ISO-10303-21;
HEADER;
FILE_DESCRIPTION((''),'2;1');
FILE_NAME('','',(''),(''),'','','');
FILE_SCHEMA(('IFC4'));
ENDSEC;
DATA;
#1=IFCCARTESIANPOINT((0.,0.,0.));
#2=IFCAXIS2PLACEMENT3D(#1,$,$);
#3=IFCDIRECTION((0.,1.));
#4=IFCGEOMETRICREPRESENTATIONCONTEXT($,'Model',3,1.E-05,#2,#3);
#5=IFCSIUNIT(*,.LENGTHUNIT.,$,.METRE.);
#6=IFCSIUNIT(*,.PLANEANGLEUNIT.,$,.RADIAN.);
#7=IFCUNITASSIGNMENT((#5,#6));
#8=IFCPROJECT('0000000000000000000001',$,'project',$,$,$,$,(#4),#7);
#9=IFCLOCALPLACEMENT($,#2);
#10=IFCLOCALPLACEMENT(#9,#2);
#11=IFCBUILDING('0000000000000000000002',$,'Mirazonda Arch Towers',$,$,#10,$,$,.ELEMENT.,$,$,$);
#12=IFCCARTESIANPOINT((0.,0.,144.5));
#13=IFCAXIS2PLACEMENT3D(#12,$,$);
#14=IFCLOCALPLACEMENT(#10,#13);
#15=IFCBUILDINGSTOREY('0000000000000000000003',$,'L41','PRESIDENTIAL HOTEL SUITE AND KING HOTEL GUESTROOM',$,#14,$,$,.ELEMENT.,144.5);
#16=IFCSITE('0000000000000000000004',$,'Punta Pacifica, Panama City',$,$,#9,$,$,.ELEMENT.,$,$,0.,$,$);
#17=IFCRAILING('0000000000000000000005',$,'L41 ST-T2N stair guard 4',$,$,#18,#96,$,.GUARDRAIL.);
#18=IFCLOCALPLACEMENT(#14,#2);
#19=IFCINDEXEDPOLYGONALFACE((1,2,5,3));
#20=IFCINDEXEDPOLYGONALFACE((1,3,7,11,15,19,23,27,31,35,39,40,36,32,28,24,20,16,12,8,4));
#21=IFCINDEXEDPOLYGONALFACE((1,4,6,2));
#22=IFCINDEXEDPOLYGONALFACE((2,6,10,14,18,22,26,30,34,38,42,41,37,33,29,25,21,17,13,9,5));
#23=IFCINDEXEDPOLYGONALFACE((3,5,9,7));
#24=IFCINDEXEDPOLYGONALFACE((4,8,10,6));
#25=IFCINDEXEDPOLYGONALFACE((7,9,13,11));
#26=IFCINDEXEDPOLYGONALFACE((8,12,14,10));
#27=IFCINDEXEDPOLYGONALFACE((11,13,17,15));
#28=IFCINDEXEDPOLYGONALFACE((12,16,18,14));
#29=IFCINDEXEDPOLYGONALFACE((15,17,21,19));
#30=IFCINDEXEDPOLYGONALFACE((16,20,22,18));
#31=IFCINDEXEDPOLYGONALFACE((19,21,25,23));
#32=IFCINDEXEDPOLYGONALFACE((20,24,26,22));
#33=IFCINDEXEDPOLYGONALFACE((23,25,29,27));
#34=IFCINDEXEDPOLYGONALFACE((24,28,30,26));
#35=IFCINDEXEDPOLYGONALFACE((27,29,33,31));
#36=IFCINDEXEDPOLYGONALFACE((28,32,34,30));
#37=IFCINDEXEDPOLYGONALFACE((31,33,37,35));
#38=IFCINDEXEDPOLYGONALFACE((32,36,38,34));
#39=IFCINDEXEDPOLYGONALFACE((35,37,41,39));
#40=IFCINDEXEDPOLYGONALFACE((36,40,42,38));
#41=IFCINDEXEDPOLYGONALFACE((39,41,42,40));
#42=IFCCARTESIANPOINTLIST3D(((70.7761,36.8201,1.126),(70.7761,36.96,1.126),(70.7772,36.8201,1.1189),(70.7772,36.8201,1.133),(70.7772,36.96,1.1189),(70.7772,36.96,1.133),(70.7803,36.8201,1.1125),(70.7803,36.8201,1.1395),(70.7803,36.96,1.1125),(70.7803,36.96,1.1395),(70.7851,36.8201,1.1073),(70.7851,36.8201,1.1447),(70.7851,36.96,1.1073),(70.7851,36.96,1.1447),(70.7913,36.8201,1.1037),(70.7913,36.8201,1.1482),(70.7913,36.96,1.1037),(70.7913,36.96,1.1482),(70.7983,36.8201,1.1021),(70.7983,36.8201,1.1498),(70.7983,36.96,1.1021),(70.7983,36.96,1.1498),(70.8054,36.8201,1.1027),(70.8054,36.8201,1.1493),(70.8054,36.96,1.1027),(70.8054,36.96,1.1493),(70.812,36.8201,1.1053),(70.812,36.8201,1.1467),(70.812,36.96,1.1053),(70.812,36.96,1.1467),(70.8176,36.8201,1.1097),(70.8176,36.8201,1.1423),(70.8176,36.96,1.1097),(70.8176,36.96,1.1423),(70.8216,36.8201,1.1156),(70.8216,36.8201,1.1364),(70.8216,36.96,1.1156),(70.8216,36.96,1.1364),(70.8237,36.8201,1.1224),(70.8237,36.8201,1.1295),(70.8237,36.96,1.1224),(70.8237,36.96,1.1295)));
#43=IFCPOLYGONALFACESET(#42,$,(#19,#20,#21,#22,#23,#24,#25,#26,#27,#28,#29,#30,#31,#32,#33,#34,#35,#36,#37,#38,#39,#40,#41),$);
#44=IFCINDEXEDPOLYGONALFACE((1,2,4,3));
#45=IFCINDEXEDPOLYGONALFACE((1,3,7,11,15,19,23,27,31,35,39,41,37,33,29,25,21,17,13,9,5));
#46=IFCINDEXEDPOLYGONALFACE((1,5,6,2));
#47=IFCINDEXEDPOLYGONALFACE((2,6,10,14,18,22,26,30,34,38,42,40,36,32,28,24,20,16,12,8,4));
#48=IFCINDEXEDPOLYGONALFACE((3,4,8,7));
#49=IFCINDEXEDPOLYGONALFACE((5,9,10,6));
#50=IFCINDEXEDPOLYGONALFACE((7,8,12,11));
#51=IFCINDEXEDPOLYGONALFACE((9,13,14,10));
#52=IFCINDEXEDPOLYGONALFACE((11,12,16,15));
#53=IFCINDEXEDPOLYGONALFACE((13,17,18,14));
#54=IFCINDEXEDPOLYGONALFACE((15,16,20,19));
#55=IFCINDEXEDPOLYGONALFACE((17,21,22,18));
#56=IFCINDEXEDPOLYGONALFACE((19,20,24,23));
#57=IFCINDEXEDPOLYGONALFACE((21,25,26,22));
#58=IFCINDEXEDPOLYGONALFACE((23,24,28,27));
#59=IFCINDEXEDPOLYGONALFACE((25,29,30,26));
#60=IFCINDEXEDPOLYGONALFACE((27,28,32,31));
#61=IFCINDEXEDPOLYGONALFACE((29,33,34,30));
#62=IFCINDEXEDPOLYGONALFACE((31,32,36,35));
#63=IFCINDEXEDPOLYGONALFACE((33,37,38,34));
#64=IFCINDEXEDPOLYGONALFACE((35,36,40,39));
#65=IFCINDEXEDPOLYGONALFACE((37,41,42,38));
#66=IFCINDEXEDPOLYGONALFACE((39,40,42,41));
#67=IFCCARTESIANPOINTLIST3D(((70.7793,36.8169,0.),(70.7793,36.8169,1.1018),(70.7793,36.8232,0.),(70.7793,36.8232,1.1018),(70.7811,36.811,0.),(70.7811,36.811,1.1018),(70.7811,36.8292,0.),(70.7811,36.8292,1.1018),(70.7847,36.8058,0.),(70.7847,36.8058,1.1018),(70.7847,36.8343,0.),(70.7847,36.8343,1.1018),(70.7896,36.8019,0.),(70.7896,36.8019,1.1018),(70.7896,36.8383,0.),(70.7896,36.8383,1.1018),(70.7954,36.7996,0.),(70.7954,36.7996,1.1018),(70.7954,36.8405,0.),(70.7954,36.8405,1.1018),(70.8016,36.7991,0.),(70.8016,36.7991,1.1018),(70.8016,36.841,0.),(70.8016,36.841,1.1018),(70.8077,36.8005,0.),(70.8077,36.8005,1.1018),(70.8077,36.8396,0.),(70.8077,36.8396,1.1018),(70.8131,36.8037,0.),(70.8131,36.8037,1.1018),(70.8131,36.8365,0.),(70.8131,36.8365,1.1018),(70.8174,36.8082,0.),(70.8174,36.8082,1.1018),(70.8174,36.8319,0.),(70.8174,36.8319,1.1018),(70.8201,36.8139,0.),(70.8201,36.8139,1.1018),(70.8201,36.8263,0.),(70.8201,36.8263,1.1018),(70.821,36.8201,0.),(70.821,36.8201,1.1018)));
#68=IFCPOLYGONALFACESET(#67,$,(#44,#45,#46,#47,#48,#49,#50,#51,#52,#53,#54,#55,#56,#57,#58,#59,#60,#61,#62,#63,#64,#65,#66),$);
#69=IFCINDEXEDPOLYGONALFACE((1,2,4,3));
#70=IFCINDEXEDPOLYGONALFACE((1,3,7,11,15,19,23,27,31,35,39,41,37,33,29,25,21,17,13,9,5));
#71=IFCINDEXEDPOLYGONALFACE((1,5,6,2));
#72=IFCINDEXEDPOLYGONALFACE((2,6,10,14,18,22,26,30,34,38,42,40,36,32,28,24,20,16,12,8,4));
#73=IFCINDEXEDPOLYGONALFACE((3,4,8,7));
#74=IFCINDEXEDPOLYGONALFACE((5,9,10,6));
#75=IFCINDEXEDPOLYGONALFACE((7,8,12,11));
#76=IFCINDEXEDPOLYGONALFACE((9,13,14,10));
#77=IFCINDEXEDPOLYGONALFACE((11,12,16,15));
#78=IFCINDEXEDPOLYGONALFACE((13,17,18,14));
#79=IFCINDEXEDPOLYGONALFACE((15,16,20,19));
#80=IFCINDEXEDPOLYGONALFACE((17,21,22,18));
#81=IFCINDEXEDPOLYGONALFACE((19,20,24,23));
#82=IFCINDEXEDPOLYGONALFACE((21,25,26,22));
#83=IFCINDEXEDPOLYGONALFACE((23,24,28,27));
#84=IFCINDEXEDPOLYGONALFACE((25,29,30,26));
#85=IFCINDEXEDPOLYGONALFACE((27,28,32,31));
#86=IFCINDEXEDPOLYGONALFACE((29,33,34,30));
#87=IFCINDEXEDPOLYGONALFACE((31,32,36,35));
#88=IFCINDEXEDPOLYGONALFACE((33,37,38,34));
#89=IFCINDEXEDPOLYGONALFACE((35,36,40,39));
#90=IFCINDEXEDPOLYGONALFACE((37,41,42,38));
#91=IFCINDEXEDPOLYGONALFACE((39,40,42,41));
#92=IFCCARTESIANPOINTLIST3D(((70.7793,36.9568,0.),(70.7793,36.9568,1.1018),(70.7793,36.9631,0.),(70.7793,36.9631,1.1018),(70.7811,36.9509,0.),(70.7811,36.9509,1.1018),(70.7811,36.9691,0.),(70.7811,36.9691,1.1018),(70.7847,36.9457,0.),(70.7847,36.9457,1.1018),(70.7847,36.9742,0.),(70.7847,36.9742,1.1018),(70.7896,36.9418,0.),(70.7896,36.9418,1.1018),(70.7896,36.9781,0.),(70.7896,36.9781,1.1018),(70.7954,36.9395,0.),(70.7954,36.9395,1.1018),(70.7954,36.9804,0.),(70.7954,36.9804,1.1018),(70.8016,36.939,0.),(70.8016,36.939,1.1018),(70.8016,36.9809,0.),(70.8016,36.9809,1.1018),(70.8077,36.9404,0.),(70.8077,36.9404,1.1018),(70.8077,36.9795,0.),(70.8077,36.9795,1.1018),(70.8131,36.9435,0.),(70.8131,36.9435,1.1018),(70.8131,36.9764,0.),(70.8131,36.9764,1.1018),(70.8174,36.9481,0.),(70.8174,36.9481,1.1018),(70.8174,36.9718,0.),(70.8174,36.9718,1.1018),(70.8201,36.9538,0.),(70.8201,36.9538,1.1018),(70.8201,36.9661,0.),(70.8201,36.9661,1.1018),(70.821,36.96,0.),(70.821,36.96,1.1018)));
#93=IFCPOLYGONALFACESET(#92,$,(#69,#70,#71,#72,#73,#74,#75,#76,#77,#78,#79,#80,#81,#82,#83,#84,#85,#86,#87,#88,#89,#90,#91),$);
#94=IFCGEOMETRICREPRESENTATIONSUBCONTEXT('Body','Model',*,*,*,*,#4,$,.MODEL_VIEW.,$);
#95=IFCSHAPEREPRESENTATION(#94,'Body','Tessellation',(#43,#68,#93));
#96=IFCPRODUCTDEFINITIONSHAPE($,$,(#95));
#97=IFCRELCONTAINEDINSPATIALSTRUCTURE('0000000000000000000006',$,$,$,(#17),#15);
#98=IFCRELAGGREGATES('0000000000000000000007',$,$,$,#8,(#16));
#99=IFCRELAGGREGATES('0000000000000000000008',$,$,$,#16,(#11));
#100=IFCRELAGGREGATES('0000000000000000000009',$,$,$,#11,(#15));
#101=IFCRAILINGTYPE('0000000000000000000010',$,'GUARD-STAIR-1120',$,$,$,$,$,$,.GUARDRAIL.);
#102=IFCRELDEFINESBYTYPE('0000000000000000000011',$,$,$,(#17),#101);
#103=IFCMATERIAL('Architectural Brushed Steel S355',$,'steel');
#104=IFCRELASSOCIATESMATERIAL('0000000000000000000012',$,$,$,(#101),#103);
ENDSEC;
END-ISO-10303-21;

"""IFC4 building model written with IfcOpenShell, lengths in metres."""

from ifc_helpers import new_model, si_unit, direction, frame, origin, origin_2d, place, context, subcontext, project, spatial, circle, extrude, material, type_object, element, save


model = new_model("IFC4")

# Units and contexts
model_context = context("Model", 3, precision=1e-05, world=origin(), true_north=direction((0.0, 1.0)))
body_context = subcontext(model_context, "Body", "Model", "MODEL_VIEW")
ifc_project = project(units=[si_unit("LENGTHUNIT", "METRE"), si_unit("PLANEANGLEUNIT", "RADIAN")], contexts=[model_context])

# Site, building, storey
site_placement = place(None, origin())
site = spatial("IfcSite", under=ifc_project, at=site_placement, Name="Punta Pacifica, Panama City", CompositionType="ELEMENT", RefElevation=0.0)
building_placement = place(site_placement, origin())
building = spatial("IfcBuilding", under=site, at=building_placement, Name="Mirazonda Arch Towers", CompositionType="ELEMENT")
storey_placement = place(building_placement, frame((0.0, 0.0, 144.5)))
storey = spatial("IfcBuildingStorey", under=building, at=storey_placement, Name="L41", Description="PRESIDENTIAL HOTEL SUITE AND KING HOTEL GUESTROOM", CompositionType="ELEMENT", Elevation=144.5)

# Railing
ifc_material_1 = material(Name="Architectural Brushed Steel S355", Category="steel")
railing_type = type_object("IfcRailingType", Name="GUARD-STAIR-1120", PredefinedType="GUARDRAIL", material=ifc_material_1)
railing_1_placement = place(storey_placement, frame((70.8, 36.8201, 0.0)))
element("IfcRailing", 1, at=railing_1_placement, inside=storey, type_object=railing_type, Name="L41 ST-T2N stair guard 4", PredefinedType="GUARDRAIL", context=body_context, shape_type="SweptSolid", body=[
    extrude(circle(Radius=0.0239, at=origin_2d()), frame((0.0, 0.0, 1.126), z_axis=(0.0, 1.0, 0.0), x_axis=(-1.0, 0.0, 0.0)), (0.0, 0.0, 1.0), 0.1399),
    extrude(circle(Radius=0.021, at=origin_2d()), origin(), (0.0, 0.0, 1.0), 1.1018),
    extrude(circle(Radius=0.021, at=origin_2d()), frame((0.0, 0.1399, 0.0)), (0.0, 0.0, 1.0), 1.1018),
])

save(model, "model.ifc")
